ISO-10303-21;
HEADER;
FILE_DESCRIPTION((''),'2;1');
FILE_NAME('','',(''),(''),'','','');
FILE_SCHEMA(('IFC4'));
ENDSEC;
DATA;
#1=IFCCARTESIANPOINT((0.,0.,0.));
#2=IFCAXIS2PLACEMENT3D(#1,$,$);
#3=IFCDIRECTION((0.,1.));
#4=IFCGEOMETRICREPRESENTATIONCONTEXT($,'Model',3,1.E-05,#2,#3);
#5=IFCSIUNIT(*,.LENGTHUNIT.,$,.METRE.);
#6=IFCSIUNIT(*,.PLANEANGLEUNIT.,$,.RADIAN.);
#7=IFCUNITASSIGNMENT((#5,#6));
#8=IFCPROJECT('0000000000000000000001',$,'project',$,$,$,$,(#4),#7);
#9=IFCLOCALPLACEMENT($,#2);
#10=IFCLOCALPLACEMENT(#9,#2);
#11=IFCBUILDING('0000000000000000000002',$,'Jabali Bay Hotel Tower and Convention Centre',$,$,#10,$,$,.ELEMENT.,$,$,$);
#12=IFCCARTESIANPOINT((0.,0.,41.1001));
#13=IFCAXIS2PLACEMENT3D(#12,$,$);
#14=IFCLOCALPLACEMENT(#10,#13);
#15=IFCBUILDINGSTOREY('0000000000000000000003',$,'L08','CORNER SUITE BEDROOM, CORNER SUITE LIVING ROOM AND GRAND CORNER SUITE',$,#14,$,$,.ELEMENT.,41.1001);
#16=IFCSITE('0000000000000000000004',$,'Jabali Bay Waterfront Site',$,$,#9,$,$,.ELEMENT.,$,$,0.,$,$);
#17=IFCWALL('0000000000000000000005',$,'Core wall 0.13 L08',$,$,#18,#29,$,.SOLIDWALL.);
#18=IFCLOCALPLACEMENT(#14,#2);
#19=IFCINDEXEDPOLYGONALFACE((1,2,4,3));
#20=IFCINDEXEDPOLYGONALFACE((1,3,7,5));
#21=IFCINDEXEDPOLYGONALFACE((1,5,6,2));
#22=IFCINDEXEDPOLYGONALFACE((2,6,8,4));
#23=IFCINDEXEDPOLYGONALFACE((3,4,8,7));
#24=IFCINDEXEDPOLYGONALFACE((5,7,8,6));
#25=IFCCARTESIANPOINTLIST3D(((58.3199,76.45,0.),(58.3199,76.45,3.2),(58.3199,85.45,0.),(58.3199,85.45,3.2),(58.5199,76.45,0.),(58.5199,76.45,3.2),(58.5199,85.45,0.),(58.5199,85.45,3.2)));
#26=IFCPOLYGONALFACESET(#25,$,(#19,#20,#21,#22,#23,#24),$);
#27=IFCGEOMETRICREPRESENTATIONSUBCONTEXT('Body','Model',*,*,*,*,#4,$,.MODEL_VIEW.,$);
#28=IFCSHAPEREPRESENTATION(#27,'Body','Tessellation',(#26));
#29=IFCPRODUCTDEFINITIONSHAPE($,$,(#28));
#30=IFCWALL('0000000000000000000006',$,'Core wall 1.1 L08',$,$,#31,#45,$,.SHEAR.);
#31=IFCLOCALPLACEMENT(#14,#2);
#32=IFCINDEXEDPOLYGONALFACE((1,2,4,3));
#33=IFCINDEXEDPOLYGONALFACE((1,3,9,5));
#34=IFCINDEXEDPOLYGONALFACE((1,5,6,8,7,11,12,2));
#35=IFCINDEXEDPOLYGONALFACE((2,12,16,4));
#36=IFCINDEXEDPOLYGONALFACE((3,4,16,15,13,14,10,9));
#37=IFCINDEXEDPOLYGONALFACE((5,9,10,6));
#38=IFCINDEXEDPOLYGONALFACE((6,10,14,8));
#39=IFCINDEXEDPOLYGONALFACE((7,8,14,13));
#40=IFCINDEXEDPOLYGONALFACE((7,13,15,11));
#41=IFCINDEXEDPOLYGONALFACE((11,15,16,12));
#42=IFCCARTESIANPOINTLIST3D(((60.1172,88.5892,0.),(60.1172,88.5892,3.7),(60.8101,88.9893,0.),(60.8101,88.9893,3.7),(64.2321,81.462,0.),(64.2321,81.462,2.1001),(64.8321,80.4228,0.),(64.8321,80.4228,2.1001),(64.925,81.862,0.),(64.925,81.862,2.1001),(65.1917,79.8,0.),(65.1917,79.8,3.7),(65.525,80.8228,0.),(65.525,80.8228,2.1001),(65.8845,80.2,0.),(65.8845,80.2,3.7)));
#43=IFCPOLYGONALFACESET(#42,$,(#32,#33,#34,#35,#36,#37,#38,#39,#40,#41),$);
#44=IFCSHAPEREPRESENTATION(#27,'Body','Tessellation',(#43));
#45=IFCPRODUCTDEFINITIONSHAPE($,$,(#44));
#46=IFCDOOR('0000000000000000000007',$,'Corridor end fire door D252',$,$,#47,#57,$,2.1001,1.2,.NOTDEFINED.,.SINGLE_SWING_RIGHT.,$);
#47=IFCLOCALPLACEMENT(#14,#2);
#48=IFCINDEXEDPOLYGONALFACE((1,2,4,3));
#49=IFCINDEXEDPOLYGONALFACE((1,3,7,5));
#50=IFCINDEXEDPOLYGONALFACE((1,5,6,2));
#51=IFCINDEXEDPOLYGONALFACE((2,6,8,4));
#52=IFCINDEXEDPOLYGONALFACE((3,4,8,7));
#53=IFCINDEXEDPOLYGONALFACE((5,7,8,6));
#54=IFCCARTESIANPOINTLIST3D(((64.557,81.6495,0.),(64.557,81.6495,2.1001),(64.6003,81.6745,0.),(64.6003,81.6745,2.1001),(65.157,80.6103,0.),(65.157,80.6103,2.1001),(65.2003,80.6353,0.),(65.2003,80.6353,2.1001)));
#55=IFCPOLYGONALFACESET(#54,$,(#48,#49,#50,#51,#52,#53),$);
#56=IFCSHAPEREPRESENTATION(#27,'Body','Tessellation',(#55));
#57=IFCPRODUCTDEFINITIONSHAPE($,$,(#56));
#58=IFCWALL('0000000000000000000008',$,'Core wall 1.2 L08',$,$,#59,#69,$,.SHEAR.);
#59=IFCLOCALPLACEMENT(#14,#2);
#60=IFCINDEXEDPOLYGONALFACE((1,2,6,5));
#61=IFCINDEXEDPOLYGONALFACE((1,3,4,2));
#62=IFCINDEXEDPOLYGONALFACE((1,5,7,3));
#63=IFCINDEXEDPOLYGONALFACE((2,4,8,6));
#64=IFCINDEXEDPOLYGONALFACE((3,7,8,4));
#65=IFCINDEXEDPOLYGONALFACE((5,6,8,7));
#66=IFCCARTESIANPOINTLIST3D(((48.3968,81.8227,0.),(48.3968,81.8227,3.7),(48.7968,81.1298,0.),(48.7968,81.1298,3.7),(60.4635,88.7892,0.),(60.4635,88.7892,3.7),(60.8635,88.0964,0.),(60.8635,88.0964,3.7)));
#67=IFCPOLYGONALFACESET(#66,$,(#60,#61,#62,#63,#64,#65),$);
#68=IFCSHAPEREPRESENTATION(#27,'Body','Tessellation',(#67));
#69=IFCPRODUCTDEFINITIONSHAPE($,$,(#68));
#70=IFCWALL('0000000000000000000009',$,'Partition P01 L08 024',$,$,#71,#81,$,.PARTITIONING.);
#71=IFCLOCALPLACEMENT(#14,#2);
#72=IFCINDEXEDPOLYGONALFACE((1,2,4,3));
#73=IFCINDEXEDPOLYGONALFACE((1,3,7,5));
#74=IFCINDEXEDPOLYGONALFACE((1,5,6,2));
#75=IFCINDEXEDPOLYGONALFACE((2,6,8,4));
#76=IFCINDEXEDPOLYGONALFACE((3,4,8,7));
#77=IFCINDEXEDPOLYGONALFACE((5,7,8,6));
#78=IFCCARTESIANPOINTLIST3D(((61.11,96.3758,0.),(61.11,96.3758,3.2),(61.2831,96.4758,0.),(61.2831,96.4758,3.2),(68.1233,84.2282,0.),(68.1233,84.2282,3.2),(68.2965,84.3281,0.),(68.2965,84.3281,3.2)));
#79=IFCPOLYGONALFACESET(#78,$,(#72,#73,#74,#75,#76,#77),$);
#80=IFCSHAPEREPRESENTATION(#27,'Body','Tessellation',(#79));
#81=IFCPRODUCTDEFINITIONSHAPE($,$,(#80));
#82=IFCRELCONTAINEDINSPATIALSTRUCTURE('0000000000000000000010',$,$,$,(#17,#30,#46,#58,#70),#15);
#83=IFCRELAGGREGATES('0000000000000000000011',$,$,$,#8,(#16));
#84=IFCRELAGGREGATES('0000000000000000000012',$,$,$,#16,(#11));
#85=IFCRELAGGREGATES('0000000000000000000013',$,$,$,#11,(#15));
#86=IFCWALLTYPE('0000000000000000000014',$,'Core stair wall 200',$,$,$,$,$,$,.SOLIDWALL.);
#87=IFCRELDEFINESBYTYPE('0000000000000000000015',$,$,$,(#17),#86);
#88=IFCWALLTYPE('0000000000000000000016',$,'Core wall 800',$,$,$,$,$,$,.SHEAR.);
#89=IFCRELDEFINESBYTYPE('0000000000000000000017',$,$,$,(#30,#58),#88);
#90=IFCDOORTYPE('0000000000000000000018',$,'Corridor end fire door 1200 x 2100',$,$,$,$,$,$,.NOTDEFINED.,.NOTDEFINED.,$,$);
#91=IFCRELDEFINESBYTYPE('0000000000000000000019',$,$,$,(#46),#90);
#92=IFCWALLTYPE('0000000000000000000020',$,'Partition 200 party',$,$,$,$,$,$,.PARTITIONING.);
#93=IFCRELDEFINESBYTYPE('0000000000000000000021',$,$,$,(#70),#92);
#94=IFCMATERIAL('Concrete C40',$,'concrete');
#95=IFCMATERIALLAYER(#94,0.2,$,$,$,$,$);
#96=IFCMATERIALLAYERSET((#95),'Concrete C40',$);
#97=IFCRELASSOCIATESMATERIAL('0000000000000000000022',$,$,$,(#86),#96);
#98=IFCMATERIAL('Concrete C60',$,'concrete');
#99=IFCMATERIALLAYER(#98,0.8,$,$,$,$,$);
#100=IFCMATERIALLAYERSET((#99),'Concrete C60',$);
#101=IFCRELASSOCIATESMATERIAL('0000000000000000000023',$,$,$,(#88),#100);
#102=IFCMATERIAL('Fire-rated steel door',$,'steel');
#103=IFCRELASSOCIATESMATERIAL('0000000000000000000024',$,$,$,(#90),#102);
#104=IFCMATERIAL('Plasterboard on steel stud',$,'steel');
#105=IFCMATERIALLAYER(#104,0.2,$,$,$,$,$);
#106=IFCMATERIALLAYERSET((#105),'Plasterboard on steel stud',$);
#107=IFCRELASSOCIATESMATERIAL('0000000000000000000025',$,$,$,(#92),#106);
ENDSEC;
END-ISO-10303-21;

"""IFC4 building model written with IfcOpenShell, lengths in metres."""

from ifc_helpers import new_model, si_unit, direction, frame, frame_2d, origin, place, context, subcontext, project, spatial, rectangle, extrude, material, layer, layer_set, type_object, element, fill, save


model = new_model("IFC4")

# Units and contexts
model_context = context("Model", 3, precision=1e-05, world=origin(), true_north=direction((0.0, 1.0)))
body_context = subcontext(model_context, "Body", "Model", "MODEL_VIEW")
ifc_project = project(units=[si_unit("LENGTHUNIT", "METRE"), si_unit("PLANEANGLEUNIT", "RADIAN")], contexts=[model_context])

# Site, building, storey
site_placement = place(None, origin())
site = spatial("IfcSite", under=ifc_project, at=site_placement, Name="Jabali Bay Waterfront Site", CompositionType="ELEMENT", RefElevation=0.0)
building_placement = place(site_placement, origin())
building = spatial("IfcBuilding", under=site, at=building_placement, Name="Jabali Bay Hotel Tower and Convention Centre", CompositionType="ELEMENT")
storey_placement = place(building_placement, frame((0.0, 0.0, 41.1001)))
storey = spatial("IfcBuildingStorey", under=building, at=storey_placement, Name="L08", Description="CORNER SUITE BEDROOM, CORNER SUITE LIVING ROOM AND GRAND CORNER SUITE", CompositionType="ELEMENT", Elevation=41.1001)

# Shared definitions
ifc_material_1 = material(Name="Concrete C40", Category="concrete")
ifc_material_2 = material(Name="Fire-rated steel door", Category="steel")

# Shared definitions
ifc_layer_1 = layer(ifc_material_1, 0.2)
ifc_layer_set_1 = layer_set([ifc_layer_1], Name="Concrete C40")
wall_type_1 = type_object("IfcWallType", Name="Core stair wall 200", PredefinedType="SOLIDWALL", material=ifc_layer_set_1)

# Wall
wall_1_placement = place(storey_placement, frame((58.4199, 85.45, 0.0), z_axis=(0.0, 0.0, 1.0), x_axis=(0.0, -1.0, 0.0)))
element("IfcWall", 1, at=wall_1_placement, inside=storey, type_object=wall_type_1, Name="Core wall 0.13 L08", PredefinedType="SOLIDWALL", context=body_context, shape_type="SweptSolid", body=[
    extrude(rectangle(XDim=9.0, YDim=0.2, at=frame_2d((4.5, 0.0))), origin(), (0.0, 0.0, 1.0), 3.2),
])

# Wall, opening, door
ifc_material_3 = material(Name="Concrete C60", Category="concrete")
ifc_layer_2 = layer(ifc_material_3, 0.8)
ifc_layer_set_2 = layer_set([ifc_layer_2], Name="Concrete C60")
wall_type_2 = type_object("IfcWallType", Name="Core wall 800", PredefinedType="SHEAR", material=ifc_layer_set_2)
wall_2_placement = place(storey_placement, frame((65.5381, 80.0, 0.0), z_axis=(0.0, 0.0, 1.0), x_axis=(-0.499997, 0.866027, 0.0)))
wall_2 = element("IfcWall", 2, at=wall_2_placement, inside=storey, type_object=wall_type_2, Name="Core wall 1.1 L08", PredefinedType="SHEAR", context=body_context, shape_type="SweptSolid", body=[
    extrude(rectangle(XDim=10.1489, YDim=0.8, at=frame_2d((5.0745, 0.0))), origin(), (0.0, 0.0, 1.0), 3.7),
])
opening_1_placement = place(wall_2_placement, frame((0.719, 0.0, 0.0)))
opening_1 = element("IfcOpeningElement", 3, at=opening_1_placement, cuts=wall_2, PredefinedType="OPENING", context=body_context, shape_type="SweptSolid", body=[
    extrude(rectangle(XDim=1.2, YDim=2.1001, at=frame_2d((0.6001, 1.05))), frame((0.0, 0.4106, 0.0), z_axis=(0.0, -1.0, 0.0), x_axis=(1.0, 0.0, 0.0)), (0.0, 0.0, 1.0), 0.821),
])
door_type_1 = type_object("IfcDoorType", Name="Corridor end fire door 1200 x 2100", OperationType="NOTDEFINED", PredefinedType="NOTDEFINED", material=ifc_material_2)
door_1_placement = place(opening_1_placement, origin())
door_1 = element("IfcDoor", 4, at=door_1_placement, inside=storey, type_object=door_type_1, Name="Corridor end fire door D252", OperationType="SINGLE_SWING_RIGHT", OverallHeight=2.1001, OverallWidth=1.2, PredefinedType="NOTDEFINED", context=body_context, shape_type="SweptSolid", body=[
    extrude(rectangle(XDim=1.2, YDim=2.1001, at=frame_2d((0.6001, 1.05))), frame((0.0, 0.0249, 0.0), z_axis=(0.0, -1.0, 0.0), x_axis=(1.0, 0.0, 0.0)), (0.0, 0.0, 1.0), 0.05),
])
fill(opening_1, door_1)

# Walls
wall_3_placement = place(storey_placement, frame((60.6636, 88.4429, 0.0), z_axis=(0.0, 0.0, 1.0), x_axis=(-0.866029, -0.499993, 0.0)))
element("IfcWall", 5, at=wall_3_placement, inside=storey, type_object=wall_type_2, Name="Core wall 1.2 L08", PredefinedType="SHEAR", context=body_context, shape_type="SweptSolid", body=[
    extrude(rectangle(XDim=13.9333, YDim=0.8, at=frame_2d((6.9668, 0.0))), origin(), (0.0, 0.0, 1.0), 3.7),
])
ifc_material_4 = material(Name="Plasterboard on steel stud", Category="steel")
ifc_layer_3 = layer(ifc_material_4, 0.2)
ifc_layer_set_3 = layer_set([ifc_layer_3], Name="Plasterboard on steel stud")
wall_type_3 = type_object("IfcWallType", Name="Partition 200 party", PredefinedType="PARTITIONING", material=ifc_layer_set_3)
wall_4_placement = place(storey_placement, frame((61.1965, 96.4258, 0.0), z_axis=(0.0, 0.0, 1.0), x_axis=(0.499997, -0.866027, 0.0)))
element("IfcWall", 6, at=wall_4_placement, inside=storey, type_object=wall_type_3, Name="Partition P01 L08 024", PredefinedType="PARTITIONING", context=body_context, shape_type="SweptSolid", body=[
    extrude(rectangle(XDim=14.0269, YDim=0.2, at=frame_2d((7.0134, 0.0))), origin(), (0.0, 0.0, 1.0), 3.2),
])

save(model, "model.ifc")
